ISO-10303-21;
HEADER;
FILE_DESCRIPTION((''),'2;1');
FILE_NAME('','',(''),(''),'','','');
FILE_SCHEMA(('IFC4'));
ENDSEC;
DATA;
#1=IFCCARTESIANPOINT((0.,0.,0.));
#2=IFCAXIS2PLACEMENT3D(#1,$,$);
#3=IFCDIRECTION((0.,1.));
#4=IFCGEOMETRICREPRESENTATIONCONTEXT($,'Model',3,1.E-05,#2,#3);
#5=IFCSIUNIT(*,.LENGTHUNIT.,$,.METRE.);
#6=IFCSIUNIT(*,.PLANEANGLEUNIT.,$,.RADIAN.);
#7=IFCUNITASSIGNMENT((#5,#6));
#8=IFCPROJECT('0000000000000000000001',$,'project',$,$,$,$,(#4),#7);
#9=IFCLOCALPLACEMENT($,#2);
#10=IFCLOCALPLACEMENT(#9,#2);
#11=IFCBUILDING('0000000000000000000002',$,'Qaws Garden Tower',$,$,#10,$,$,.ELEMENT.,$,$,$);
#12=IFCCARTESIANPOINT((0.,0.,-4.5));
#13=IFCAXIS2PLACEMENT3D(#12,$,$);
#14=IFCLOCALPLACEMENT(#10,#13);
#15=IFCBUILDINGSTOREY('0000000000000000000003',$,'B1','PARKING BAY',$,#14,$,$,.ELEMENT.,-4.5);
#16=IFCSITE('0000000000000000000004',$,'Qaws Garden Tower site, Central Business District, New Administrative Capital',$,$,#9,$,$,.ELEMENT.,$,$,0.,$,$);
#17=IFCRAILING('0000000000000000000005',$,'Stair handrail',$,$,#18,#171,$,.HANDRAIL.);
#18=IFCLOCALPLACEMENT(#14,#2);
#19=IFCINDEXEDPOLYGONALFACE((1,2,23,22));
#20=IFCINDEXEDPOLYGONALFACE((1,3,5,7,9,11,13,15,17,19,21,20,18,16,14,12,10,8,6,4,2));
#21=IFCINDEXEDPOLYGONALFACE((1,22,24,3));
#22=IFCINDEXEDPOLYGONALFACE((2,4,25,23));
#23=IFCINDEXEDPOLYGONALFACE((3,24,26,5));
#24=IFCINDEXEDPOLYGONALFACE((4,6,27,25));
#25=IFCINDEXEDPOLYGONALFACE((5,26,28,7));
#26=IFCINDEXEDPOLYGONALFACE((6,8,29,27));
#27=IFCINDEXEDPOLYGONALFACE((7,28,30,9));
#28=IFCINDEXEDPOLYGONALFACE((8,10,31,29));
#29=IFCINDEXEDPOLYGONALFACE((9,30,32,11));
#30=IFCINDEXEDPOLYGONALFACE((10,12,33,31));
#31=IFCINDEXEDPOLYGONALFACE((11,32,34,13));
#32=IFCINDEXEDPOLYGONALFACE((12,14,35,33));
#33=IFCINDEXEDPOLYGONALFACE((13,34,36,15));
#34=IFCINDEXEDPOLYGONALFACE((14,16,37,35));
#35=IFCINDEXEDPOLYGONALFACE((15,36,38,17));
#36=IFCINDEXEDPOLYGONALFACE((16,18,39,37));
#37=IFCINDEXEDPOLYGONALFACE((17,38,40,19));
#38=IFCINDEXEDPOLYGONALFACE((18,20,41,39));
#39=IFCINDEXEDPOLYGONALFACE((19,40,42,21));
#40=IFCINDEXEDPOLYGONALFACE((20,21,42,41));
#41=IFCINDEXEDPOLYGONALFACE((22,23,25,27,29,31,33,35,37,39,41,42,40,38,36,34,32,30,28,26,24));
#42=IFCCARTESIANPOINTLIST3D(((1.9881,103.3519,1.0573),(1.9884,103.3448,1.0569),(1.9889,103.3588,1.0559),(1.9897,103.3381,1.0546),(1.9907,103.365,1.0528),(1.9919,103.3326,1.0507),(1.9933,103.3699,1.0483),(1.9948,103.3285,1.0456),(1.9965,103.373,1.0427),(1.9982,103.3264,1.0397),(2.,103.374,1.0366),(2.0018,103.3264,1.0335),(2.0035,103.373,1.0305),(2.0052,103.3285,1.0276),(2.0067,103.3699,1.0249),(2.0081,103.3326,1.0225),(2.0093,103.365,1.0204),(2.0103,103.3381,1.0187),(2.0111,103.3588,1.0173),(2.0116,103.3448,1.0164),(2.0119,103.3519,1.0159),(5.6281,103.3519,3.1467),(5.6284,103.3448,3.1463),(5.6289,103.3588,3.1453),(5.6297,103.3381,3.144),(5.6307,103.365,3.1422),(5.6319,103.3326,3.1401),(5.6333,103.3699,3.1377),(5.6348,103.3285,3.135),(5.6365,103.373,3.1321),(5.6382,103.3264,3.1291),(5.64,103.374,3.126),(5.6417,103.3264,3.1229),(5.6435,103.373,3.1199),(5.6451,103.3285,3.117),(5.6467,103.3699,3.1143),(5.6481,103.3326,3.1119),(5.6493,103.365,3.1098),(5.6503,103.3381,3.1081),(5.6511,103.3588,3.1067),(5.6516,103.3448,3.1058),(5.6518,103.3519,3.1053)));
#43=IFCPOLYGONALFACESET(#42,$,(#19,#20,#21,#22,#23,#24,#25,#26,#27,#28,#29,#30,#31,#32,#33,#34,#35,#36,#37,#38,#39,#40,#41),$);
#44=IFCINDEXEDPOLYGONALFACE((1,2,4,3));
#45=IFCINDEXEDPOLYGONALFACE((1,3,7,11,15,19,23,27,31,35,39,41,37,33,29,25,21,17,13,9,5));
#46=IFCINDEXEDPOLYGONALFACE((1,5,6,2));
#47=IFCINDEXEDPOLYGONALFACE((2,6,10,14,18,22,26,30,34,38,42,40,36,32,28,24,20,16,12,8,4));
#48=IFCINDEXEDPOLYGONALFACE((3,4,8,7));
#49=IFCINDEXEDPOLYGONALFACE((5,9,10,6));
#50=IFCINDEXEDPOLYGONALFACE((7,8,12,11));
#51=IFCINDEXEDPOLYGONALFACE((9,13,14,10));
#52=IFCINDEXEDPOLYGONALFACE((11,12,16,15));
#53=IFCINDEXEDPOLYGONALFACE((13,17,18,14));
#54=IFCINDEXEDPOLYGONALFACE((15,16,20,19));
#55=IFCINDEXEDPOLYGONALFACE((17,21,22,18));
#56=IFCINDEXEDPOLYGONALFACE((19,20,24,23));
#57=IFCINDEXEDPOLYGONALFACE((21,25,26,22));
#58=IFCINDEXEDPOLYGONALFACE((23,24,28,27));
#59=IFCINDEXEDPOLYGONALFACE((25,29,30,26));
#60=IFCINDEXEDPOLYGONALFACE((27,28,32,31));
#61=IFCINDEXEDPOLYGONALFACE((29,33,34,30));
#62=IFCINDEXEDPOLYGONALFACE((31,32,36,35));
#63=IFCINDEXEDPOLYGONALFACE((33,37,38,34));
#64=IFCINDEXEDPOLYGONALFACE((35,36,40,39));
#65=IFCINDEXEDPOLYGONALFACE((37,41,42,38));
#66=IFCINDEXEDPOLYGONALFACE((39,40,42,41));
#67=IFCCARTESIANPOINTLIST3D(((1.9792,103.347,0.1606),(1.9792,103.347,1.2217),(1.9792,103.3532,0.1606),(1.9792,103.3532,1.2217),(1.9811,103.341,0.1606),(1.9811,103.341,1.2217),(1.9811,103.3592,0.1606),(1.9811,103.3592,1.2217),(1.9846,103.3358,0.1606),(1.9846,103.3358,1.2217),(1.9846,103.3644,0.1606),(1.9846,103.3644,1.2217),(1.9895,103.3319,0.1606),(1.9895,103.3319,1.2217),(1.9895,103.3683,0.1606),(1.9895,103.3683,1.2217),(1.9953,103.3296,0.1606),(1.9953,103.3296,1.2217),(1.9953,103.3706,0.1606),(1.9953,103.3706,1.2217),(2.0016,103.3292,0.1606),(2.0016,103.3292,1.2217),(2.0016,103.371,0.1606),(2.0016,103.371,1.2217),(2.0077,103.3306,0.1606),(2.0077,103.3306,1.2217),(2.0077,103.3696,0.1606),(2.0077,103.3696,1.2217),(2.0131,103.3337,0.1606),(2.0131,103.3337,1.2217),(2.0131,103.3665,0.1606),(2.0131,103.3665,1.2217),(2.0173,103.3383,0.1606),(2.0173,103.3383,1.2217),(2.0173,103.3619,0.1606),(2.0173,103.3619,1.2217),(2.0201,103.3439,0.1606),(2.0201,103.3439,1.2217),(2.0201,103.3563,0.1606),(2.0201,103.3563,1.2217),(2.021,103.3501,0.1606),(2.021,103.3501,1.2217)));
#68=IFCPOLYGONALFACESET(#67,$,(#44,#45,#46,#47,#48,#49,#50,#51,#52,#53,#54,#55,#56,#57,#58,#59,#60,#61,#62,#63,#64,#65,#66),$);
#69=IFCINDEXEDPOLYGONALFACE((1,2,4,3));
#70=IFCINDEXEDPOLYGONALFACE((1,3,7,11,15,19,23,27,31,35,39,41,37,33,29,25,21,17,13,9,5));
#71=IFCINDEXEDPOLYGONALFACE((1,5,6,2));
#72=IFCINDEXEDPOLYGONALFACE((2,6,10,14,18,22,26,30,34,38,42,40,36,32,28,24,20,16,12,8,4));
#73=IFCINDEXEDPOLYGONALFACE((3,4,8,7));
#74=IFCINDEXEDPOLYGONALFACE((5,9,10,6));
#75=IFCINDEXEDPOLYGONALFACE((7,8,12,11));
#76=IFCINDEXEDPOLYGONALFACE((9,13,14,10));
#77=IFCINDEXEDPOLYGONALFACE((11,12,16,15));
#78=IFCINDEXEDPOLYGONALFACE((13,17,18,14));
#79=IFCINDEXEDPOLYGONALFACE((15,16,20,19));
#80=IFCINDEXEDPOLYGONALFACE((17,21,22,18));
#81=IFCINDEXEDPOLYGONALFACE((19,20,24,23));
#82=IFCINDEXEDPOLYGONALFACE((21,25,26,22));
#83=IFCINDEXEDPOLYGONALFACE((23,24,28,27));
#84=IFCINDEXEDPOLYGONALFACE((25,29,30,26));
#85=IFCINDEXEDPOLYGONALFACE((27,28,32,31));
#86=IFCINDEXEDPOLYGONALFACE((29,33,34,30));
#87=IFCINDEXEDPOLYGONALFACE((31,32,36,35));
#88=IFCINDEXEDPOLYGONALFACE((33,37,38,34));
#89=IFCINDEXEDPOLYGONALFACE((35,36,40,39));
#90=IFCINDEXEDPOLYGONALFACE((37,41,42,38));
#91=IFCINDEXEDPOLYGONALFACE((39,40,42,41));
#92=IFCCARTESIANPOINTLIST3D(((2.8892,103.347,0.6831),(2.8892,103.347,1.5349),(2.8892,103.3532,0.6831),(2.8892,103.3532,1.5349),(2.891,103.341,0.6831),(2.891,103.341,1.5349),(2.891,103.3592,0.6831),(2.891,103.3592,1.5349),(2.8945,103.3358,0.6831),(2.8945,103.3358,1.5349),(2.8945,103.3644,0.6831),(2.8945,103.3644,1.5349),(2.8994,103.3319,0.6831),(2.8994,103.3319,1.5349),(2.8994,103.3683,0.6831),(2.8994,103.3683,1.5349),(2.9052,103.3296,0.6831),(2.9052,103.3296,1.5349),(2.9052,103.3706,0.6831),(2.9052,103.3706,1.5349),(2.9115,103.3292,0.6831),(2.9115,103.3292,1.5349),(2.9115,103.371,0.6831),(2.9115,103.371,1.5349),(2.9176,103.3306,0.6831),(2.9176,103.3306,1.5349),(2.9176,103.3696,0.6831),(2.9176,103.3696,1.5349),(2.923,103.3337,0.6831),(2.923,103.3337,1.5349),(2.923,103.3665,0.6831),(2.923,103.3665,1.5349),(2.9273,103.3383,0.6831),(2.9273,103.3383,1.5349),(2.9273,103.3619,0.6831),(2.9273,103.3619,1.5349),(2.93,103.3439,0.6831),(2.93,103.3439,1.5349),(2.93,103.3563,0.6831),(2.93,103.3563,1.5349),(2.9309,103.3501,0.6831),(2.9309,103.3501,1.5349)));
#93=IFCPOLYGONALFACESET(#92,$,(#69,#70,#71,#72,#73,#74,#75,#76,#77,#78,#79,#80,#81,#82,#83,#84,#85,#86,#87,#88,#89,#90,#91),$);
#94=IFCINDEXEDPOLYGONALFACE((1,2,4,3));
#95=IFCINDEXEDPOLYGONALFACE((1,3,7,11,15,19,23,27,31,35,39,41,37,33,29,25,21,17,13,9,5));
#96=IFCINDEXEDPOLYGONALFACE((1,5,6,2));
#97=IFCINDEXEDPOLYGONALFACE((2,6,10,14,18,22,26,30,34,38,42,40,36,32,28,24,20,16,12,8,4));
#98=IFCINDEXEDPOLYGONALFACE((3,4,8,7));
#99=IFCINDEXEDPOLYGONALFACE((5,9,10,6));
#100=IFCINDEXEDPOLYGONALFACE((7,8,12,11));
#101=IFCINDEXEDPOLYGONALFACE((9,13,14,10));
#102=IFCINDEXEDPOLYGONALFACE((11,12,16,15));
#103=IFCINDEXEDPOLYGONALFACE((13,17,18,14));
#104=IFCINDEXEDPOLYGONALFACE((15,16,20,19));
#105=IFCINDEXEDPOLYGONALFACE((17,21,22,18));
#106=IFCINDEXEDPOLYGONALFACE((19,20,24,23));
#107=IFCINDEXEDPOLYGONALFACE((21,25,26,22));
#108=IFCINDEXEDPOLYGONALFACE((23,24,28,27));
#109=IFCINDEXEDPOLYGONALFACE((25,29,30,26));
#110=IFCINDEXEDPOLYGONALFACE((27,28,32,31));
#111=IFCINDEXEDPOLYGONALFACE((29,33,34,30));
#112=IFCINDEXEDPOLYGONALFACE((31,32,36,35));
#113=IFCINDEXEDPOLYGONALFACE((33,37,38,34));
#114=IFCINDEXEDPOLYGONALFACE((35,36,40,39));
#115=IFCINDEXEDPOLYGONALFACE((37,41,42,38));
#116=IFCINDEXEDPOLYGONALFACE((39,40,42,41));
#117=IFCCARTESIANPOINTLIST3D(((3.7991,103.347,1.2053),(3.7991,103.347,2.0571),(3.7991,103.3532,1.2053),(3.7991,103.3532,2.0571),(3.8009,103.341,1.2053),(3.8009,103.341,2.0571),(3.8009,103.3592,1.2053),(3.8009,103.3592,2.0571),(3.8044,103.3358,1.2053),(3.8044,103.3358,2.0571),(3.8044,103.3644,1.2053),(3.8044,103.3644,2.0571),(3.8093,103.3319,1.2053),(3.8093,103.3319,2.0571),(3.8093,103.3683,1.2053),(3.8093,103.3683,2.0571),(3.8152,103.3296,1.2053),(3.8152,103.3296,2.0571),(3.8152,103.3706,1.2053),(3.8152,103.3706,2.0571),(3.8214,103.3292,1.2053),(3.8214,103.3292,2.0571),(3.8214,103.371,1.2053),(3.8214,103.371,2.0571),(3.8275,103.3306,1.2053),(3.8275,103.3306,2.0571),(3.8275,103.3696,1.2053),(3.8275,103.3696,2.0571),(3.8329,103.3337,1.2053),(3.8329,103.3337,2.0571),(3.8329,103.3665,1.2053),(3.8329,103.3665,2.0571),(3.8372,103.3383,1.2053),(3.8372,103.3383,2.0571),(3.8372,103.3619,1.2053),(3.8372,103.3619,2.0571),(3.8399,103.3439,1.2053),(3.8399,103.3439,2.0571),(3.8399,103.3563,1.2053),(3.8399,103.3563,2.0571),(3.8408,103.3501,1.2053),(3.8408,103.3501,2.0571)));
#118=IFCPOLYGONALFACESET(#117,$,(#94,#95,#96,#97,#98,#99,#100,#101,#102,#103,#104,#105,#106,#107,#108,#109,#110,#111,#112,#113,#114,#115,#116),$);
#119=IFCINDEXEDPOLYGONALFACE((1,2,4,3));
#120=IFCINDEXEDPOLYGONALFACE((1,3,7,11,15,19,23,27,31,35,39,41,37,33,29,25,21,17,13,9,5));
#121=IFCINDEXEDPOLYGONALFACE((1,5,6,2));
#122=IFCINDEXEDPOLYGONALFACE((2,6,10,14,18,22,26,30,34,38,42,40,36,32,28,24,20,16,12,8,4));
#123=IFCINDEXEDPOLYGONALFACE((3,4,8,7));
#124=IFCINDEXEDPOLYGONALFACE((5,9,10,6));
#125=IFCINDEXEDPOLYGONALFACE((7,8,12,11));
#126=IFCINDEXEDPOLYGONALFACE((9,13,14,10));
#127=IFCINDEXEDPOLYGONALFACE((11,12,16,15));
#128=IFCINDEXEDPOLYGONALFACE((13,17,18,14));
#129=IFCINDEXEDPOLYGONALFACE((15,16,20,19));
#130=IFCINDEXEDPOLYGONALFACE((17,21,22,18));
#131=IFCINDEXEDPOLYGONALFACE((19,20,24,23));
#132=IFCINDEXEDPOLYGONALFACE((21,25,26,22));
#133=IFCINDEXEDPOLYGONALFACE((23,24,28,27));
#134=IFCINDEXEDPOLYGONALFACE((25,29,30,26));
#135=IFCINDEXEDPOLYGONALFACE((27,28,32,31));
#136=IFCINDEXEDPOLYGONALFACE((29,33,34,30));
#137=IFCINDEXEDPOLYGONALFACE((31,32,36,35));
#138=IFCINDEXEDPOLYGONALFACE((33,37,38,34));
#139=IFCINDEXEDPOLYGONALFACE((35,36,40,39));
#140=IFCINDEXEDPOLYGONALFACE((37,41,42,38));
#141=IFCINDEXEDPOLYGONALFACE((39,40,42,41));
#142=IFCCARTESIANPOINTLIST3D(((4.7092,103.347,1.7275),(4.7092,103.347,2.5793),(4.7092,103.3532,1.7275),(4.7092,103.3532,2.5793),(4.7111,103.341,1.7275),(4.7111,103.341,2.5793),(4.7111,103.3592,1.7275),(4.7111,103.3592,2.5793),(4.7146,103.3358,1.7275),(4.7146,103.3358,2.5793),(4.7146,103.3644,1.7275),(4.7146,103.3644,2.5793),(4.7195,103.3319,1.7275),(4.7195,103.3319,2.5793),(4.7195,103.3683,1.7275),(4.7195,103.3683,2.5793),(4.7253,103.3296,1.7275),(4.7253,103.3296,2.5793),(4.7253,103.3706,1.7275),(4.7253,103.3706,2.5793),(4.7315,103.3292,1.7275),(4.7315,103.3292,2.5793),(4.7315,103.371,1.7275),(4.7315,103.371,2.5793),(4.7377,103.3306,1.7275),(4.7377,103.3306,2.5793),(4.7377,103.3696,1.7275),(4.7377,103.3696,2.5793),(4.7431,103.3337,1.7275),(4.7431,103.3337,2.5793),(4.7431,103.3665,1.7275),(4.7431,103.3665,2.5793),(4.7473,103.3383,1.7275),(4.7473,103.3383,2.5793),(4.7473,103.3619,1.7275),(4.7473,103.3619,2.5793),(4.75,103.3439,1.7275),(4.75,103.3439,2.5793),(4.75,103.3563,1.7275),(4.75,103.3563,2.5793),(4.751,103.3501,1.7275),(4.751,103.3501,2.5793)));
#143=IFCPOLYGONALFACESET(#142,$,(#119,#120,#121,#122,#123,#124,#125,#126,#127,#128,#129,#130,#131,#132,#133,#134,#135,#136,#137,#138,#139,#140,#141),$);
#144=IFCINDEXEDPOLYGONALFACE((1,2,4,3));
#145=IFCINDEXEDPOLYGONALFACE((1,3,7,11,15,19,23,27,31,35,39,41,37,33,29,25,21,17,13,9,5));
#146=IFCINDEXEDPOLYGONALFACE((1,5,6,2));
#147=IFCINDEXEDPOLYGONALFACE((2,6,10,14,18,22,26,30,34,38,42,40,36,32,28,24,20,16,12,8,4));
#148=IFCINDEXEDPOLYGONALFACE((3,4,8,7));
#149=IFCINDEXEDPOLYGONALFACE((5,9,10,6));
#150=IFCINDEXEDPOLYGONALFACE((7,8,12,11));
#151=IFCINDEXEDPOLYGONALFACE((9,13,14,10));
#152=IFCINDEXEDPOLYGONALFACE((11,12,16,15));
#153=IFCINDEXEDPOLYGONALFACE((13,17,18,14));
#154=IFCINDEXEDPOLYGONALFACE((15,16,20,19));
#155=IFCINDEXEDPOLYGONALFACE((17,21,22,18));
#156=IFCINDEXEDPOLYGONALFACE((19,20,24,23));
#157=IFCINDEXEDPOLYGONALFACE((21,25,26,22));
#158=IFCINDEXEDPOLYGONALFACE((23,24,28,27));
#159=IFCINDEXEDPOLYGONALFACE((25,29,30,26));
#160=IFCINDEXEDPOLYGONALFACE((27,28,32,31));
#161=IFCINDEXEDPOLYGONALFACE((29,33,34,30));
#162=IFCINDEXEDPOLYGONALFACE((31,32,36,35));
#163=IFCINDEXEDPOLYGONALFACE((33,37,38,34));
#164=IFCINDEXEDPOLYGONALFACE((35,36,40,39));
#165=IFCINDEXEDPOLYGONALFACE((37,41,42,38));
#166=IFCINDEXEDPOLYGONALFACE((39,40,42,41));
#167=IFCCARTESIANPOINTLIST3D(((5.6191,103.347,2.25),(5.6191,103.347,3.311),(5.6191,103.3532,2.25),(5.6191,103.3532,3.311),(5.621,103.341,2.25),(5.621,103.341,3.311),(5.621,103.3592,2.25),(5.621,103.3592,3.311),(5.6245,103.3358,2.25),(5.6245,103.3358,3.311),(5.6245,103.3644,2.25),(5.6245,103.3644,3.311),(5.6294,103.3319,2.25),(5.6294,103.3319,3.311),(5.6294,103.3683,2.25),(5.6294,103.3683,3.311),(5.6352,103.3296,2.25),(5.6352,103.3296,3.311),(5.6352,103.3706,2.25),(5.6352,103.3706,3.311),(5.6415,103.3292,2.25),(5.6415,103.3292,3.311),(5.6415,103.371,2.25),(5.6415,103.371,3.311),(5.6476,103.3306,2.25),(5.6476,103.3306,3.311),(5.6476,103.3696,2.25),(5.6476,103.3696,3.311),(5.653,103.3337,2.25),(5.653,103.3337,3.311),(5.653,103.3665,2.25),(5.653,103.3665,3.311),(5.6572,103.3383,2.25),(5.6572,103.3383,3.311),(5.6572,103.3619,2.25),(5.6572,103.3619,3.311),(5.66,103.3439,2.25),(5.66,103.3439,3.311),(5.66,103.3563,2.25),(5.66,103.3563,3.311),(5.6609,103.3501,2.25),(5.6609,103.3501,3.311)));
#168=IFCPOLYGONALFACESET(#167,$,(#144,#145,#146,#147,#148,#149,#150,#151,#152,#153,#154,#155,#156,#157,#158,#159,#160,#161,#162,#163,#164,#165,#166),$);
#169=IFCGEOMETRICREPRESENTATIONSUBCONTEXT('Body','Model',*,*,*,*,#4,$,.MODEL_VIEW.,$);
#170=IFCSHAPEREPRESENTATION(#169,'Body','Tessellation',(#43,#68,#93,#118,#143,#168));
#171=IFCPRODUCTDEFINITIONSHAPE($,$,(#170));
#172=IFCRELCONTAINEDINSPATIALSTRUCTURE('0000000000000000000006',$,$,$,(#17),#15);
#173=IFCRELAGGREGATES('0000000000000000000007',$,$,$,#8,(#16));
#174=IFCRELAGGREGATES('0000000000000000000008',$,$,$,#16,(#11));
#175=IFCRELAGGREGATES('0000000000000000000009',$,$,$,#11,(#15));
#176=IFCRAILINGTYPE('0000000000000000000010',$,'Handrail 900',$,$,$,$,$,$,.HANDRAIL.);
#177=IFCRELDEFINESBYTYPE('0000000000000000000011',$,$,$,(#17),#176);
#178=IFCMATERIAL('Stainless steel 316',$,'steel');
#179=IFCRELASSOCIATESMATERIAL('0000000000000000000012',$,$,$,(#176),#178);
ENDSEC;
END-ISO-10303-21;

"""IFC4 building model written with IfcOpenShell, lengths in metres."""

from ifc_helpers import new_model, si_unit, direction, frame, origin, origin_2d, place, context, subcontext, project, spatial, circle, extrude, material, type_object, element, save


model = new_model("IFC4")

# Units and contexts
model_context = context("Model", 3, precision=1e-05, world=origin(), true_north=direction((0.0, 1.0)))
body_context = subcontext(model_context, "Body", "Model", "MODEL_VIEW")
ifc_project = project(units=[si_unit("LENGTHUNIT", "METRE"), si_unit("PLANEANGLEUNIT", "RADIAN")], contexts=[model_context])

# Site, building, storey
site_placement = place(None, origin())
site = spatial("IfcSite", under=ifc_project, at=site_placement, Name="Qaws Garden Tower site, Central Business District, New Administrative Capital", CompositionType="ELEMENT", RefElevation=0.0)
building_placement = place(site_placement, origin())
building = spatial("IfcBuilding", under=site, at=building_placement, Name="Qaws Garden Tower", CompositionType="ELEMENT")
storey_placement = place(building_placement, frame((0.0, 0.0, -4.5)))
storey = spatial("IfcBuildingStorey", under=building, at=storey_placement, Name="B1", Description="PARKING BAY", CompositionType="ELEMENT", Elevation=-4.5)

# Railing
ifc_material_1 = material(Name="Stainless steel 316", Category="steel")
railing_type_1 = type_object("IfcRailingType", Name="Handrail 900", PredefinedType="HANDRAIL", material=ifc_material_1)
for number, where, name in (
    (1, (2.0, 103.3501, 0.1606), "Stair handrail"),
):
    element("IfcRailing", number, at=place(storey_placement, frame(where)), inside=storey, type_object=railing_type_1, Name=name, PredefinedType="HANDRAIL", context=body_context, shape_type="SweptSolid", body=[
        extrude(circle(Radius=0.0239, at=origin_2d()), frame((0.0, 0.0, 0.876), z_axis=(0.867275, 0.0, 0.497829), x_axis=(0.0, 1.0, 0.0)), (0.0, 0.0, 1.0), 4.197),
        extrude(circle(Radius=0.021, at=origin_2d()), origin(), (0.0, 0.0, 1.0), 1.061),
        extrude(circle(Radius=0.021, at=origin_2d()), frame((0.9099, 0.0, 0.5225)), (0.0, 0.0, 1.0), 0.8518),
        extrude(circle(Radius=0.021, at=origin_2d()), frame((1.8198, 0.0, 1.0447)), (0.0, 0.0, 1.0), 0.8518),
        extrude(circle(Radius=0.021, at=origin_2d()), frame((2.73, 0.0, 1.5669)), (0.0, 0.0, 1.0), 0.8518),
        extrude(circle(Radius=0.021, at=origin_2d()), frame((3.6399, 0.0, 2.0894)), (0.0, 0.0, 1.0), 1.061),
    ])

save(model, "model.ifc")
